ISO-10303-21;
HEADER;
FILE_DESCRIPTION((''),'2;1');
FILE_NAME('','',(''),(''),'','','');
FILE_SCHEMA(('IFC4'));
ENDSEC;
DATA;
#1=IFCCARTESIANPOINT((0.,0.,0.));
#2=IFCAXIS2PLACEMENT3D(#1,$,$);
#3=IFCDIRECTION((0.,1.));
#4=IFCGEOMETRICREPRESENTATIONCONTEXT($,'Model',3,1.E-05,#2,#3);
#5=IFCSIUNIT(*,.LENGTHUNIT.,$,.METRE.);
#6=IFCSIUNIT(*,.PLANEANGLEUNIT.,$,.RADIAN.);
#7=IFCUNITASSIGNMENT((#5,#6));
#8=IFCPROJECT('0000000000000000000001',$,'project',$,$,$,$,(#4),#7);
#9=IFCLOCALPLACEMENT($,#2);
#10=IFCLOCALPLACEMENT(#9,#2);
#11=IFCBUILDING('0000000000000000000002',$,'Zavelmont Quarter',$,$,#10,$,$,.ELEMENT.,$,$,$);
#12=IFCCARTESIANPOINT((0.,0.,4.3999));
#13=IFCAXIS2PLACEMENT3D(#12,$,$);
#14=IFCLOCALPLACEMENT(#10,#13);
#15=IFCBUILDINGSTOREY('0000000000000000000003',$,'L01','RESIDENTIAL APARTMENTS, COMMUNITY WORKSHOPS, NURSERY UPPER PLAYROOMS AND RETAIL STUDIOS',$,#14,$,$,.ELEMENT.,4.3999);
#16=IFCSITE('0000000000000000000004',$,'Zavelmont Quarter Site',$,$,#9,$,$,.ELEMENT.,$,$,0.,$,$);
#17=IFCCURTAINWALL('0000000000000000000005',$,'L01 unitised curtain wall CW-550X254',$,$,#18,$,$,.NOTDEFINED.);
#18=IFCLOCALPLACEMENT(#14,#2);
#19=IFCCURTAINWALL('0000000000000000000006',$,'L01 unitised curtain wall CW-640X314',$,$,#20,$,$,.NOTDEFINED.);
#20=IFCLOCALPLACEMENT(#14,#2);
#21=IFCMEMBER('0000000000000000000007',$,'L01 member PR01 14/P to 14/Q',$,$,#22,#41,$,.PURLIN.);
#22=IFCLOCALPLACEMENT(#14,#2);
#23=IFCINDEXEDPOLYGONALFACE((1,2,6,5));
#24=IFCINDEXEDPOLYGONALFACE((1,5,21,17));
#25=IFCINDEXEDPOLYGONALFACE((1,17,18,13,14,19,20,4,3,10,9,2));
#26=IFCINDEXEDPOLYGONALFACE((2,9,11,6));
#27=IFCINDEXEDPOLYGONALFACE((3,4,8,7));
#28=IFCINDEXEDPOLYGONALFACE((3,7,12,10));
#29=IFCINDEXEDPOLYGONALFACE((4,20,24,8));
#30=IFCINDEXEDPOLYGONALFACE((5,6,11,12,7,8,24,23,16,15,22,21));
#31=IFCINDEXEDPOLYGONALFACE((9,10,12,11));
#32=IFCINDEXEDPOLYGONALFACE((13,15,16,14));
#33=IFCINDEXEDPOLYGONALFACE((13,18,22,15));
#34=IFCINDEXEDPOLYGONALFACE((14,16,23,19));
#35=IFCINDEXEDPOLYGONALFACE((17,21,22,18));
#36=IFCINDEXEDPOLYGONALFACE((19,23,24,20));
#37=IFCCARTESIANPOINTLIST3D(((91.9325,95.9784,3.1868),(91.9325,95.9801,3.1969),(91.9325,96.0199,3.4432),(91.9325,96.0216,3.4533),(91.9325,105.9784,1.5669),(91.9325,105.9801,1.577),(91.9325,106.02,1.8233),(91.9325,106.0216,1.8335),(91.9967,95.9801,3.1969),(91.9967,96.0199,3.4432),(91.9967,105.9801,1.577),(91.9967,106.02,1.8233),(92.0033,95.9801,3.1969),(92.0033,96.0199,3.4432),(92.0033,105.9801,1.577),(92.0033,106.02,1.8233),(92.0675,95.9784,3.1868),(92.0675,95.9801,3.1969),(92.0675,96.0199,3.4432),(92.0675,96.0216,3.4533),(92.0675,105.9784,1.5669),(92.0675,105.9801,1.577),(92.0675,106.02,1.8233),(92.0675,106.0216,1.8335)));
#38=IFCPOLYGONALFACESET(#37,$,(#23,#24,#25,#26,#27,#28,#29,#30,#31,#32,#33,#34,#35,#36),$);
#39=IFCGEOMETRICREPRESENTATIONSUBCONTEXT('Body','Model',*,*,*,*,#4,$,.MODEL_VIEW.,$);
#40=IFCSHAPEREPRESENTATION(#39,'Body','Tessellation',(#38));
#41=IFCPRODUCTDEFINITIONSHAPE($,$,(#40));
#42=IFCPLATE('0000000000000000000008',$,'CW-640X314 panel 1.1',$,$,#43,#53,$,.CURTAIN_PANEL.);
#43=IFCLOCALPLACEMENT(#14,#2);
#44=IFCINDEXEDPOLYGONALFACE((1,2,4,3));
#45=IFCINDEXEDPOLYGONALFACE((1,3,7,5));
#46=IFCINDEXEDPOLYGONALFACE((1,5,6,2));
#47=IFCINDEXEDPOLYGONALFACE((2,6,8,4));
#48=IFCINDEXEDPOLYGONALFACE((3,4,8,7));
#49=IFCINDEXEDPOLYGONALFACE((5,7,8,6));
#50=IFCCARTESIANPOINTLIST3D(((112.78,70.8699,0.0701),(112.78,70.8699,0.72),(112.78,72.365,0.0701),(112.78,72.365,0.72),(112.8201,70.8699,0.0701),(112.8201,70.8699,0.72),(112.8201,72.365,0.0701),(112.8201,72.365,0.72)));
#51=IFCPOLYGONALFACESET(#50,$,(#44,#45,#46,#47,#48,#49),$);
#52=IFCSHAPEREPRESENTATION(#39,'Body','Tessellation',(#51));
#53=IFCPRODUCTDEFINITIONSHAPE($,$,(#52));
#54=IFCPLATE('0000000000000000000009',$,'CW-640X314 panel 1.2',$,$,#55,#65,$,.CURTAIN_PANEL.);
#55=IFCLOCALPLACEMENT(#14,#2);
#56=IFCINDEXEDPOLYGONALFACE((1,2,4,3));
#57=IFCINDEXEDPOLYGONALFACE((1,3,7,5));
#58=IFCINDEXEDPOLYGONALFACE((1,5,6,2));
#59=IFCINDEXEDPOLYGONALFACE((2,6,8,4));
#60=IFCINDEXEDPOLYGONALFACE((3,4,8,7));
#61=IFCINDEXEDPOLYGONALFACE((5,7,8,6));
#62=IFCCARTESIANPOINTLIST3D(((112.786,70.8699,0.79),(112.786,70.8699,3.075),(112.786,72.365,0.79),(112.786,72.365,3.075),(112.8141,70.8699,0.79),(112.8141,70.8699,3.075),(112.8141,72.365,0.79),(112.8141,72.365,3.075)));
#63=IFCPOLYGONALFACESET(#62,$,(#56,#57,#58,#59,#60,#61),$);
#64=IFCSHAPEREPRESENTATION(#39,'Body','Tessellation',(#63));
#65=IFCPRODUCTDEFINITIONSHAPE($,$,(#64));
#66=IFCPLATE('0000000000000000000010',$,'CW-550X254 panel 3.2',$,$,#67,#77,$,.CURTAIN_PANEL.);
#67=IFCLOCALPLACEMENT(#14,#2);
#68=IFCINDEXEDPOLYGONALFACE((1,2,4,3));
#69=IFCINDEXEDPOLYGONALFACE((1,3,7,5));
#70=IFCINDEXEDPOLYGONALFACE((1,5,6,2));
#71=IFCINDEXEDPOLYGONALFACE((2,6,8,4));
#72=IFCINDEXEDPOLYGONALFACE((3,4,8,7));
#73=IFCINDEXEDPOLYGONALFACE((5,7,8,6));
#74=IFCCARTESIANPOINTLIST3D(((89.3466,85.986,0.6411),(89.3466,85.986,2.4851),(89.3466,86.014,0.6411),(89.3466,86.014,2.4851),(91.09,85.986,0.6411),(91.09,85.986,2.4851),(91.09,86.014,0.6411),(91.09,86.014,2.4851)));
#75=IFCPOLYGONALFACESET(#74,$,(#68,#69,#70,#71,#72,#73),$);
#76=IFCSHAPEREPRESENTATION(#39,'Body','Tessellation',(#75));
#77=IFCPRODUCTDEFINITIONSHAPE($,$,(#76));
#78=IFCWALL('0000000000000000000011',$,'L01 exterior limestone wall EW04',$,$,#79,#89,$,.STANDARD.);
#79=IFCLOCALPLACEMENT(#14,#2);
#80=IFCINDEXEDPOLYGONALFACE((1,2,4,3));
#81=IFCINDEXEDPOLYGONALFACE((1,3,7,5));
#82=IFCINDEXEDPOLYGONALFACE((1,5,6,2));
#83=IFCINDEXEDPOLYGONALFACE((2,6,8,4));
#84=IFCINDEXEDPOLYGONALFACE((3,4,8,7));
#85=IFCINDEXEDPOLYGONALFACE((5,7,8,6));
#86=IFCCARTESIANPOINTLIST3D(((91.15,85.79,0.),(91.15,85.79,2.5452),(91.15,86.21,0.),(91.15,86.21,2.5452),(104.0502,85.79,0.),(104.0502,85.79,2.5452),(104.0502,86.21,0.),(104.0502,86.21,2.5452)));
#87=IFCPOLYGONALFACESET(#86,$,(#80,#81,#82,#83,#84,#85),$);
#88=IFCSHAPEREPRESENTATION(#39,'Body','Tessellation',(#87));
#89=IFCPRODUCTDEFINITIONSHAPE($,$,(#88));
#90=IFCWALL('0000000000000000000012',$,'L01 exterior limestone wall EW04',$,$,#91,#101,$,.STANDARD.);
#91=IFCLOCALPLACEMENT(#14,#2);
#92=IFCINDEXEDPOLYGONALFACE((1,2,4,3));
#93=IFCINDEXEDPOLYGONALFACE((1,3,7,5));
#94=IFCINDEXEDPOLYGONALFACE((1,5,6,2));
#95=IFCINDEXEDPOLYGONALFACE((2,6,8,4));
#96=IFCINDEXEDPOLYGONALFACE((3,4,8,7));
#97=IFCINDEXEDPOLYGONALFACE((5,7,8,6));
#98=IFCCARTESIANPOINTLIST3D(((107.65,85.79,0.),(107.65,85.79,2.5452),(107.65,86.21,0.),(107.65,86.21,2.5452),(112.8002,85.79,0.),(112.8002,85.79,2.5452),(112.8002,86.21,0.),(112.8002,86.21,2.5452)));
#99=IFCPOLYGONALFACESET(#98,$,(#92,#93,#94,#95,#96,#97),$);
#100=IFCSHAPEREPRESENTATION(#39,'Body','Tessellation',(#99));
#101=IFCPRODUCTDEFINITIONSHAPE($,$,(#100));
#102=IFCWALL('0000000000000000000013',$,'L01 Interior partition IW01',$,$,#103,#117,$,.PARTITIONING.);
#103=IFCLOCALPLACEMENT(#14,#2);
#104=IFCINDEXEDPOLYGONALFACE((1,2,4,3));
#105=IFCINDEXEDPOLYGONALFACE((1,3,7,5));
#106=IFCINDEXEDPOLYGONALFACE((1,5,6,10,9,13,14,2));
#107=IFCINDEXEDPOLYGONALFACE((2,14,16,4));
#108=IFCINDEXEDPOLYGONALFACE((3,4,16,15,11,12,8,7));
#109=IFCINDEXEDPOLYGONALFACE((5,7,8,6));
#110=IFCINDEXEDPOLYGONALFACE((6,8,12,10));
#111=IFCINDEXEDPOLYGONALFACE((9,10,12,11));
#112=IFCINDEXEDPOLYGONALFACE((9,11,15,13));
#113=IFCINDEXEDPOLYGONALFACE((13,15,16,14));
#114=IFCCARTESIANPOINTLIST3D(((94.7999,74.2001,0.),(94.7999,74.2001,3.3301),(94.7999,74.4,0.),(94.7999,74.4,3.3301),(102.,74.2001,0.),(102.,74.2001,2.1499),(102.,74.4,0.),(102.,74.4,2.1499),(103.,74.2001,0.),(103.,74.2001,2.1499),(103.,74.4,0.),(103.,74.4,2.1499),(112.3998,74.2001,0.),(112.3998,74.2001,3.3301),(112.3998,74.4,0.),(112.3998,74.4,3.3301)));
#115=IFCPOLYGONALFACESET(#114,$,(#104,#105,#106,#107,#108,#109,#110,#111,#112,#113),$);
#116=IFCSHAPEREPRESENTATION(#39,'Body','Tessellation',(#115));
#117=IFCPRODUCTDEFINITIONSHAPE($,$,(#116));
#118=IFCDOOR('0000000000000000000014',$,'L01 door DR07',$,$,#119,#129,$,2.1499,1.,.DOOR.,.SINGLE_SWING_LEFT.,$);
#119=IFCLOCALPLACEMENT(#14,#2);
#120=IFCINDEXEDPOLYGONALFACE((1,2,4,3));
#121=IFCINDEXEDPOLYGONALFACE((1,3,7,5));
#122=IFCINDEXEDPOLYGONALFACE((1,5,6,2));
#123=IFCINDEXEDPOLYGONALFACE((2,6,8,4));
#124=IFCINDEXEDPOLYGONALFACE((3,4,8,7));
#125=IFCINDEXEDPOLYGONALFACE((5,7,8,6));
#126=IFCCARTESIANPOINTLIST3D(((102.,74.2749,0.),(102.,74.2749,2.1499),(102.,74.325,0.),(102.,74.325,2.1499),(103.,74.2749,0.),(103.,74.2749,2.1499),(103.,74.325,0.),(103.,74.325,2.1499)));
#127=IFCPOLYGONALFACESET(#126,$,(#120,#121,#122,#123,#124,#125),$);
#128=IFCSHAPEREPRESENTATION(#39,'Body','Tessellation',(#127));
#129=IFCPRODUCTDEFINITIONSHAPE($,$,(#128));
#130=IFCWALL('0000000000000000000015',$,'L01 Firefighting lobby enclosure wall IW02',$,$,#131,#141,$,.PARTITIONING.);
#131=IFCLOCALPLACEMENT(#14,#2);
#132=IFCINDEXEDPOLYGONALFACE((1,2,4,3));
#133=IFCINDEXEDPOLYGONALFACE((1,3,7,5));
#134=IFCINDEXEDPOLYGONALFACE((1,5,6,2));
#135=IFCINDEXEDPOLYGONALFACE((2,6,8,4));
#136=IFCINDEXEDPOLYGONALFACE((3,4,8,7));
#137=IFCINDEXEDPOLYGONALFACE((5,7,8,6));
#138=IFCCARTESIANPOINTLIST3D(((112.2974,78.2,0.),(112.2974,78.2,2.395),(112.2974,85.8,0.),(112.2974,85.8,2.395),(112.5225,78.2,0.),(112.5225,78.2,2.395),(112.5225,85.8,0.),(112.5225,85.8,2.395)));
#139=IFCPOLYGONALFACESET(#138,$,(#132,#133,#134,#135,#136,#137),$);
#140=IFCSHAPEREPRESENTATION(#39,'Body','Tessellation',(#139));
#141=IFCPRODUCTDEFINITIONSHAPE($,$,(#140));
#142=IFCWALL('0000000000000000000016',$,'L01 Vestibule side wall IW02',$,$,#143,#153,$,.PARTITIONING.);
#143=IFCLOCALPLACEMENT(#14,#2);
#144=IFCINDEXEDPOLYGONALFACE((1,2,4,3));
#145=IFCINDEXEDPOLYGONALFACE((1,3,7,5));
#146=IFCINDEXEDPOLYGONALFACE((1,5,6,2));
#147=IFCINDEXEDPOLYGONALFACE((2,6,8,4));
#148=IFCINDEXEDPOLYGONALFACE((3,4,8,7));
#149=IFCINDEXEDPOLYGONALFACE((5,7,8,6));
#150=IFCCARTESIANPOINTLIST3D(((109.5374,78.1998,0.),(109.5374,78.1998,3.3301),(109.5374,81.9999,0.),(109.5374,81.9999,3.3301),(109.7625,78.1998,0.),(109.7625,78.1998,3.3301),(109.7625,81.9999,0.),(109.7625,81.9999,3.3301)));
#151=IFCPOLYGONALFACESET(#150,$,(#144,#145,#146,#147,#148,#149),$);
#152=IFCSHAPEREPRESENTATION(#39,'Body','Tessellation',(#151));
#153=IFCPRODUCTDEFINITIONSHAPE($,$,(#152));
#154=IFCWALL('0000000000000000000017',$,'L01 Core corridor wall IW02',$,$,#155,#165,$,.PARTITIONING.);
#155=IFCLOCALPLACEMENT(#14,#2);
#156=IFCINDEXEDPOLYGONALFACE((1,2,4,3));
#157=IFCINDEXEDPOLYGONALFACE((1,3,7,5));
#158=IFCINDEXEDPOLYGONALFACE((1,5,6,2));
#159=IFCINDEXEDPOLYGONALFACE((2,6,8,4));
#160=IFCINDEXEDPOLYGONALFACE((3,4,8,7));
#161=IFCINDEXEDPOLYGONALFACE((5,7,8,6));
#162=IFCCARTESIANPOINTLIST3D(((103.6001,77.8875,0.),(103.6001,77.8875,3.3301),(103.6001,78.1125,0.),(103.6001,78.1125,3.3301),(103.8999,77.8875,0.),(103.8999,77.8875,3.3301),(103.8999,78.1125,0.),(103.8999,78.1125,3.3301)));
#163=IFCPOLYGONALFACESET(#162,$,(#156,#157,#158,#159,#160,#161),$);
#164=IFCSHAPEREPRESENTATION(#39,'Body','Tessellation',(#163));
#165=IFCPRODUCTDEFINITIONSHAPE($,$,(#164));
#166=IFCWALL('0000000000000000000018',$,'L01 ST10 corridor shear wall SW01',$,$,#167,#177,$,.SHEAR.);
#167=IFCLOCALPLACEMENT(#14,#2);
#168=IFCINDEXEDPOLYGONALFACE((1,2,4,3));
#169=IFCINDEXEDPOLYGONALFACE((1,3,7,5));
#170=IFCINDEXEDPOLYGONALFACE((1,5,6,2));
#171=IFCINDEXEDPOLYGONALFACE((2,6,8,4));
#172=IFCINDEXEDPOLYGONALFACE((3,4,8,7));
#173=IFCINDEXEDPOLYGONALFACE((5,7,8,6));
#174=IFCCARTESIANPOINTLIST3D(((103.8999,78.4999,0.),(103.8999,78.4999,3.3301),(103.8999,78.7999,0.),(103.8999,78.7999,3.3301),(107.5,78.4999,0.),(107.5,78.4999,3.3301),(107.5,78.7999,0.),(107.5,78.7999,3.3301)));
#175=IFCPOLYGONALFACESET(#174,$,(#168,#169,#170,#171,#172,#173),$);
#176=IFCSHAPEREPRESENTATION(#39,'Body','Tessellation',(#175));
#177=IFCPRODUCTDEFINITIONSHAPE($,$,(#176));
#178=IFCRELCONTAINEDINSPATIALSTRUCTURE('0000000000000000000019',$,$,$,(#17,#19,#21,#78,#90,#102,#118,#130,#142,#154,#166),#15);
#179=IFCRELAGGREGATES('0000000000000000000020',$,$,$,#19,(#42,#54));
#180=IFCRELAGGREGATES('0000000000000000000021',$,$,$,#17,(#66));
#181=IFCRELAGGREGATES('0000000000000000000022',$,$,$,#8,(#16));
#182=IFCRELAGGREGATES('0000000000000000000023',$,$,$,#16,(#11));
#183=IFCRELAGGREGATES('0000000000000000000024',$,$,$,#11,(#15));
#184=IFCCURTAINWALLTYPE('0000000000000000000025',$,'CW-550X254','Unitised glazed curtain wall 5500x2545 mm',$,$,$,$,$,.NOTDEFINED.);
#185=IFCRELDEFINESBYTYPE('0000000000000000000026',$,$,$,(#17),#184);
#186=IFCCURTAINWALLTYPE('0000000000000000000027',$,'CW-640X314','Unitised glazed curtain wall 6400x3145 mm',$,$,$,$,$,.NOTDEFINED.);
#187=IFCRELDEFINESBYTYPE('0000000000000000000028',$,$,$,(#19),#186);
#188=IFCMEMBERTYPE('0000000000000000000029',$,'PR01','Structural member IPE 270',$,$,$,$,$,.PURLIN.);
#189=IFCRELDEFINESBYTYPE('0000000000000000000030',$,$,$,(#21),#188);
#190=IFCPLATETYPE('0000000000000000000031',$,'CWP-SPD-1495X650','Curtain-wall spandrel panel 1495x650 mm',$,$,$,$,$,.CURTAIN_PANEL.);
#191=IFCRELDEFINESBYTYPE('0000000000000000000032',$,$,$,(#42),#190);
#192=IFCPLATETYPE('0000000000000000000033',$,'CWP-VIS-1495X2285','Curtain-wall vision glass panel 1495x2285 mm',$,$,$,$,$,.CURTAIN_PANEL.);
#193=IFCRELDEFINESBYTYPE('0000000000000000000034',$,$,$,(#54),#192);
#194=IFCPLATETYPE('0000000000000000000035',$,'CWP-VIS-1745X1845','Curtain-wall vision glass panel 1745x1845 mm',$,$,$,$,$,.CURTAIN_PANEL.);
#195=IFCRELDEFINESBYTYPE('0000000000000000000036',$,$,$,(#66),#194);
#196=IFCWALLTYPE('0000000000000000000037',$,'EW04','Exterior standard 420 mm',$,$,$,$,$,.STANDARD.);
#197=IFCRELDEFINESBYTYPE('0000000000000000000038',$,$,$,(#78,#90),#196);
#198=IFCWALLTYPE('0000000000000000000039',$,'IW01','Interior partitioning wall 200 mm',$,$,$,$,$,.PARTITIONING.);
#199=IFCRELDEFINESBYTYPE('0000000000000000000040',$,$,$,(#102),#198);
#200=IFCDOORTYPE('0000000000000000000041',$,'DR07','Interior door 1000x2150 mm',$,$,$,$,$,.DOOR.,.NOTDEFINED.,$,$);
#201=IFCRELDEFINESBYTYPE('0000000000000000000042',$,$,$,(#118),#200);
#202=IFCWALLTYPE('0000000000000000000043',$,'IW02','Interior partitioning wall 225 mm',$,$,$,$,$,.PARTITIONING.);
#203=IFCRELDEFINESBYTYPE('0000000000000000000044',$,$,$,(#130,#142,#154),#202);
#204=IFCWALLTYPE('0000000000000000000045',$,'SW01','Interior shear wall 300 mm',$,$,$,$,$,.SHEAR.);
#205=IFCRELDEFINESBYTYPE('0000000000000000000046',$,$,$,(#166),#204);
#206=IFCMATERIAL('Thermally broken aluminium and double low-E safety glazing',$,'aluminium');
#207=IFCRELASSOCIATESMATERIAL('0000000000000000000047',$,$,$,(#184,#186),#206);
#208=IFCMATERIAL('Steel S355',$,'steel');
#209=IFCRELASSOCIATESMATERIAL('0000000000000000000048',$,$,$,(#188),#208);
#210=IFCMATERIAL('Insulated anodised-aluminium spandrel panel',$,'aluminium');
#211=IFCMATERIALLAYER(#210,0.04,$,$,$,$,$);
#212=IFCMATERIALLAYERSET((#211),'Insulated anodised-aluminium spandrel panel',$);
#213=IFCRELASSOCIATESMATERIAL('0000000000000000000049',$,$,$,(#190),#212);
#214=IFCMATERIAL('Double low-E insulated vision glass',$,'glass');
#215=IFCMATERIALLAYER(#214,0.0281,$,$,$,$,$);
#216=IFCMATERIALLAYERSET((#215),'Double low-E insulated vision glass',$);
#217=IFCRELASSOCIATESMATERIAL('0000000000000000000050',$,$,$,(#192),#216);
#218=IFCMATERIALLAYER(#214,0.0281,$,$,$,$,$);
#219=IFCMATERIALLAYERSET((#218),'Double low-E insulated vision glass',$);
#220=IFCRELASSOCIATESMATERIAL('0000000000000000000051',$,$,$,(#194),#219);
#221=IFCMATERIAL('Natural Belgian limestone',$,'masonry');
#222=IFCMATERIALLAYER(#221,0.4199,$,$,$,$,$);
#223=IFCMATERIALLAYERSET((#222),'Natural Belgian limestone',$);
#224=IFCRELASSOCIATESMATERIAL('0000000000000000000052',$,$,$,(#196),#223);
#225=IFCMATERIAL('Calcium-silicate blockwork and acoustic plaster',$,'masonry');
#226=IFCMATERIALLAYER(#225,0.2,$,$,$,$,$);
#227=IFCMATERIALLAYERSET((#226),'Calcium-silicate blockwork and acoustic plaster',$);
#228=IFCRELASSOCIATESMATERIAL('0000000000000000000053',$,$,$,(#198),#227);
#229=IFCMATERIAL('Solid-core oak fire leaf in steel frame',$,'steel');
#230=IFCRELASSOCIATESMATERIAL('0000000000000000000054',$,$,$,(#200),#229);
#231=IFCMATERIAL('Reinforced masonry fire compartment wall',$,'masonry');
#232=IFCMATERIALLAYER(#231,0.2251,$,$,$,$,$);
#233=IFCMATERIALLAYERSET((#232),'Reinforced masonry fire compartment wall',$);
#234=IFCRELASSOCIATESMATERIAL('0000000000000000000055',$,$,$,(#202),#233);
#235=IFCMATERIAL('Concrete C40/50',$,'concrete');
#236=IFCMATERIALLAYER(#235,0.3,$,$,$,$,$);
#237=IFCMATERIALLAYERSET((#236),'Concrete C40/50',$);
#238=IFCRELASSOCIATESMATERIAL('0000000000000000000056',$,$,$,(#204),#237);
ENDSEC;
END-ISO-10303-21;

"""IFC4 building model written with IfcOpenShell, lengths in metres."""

from ifc_helpers import new_model, si_unit, direction, frame, frame_2d, origin, origin_with_axes, origin_2d, place, context, subcontext, project, spatial, rectangle, i_section, extrude, material, layer, layer_set, material_profile, profile_set, type_object, element, fill, aggregate, save


model = new_model("IFC4")

# Units and contexts
model_context = context("Model", 3, precision=1e-05, world=origin(), true_north=direction((0.0, 1.0)))
body_context = subcontext(model_context, "Body", "Model", "MODEL_VIEW")
ifc_project = project(units=[si_unit("LENGTHUNIT", "METRE"), si_unit("PLANEANGLEUNIT", "RADIAN")], contexts=[model_context])

# Site, building, storey
site_placement = place(None, origin())
site = spatial("IfcSite", under=ifc_project, at=site_placement, Name="Zavelmont Quarter Site", CompositionType="ELEMENT", RefElevation=0.0)
building_placement = place(site_placement, origin())
building = spatial("IfcBuilding", under=site, at=building_placement, Name="Zavelmont Quarter", CompositionType="ELEMENT")
storey_placement = place(building_placement, frame((0.0, 0.0, 4.3999)))
storey = spatial("IfcBuildingStorey", under=building, at=storey_placement, Name="L01", Description="RESIDENTIAL APARTMENTS, COMMUNITY WORKSHOPS, NURSERY UPPER PLAYROOMS AND RETAIL STUDIOS", CompositionType="ELEMENT", Elevation=4.3999)

# Shared definitions
ifc_material_1 = material(Name="Concrete C40/50", Category="concrete")

# Curtain wall
ifc_material_2 = material(Name="Thermally broken aluminium and double low-E safety glazing", Category="aluminium")
curtain_wall_type_1 = type_object("IfcCurtainWallType", Name="CW-550X254", Description="Unitised glazed curtain wall 5500x2545 mm", PredefinedType="NOTDEFINED", material=ifc_material_2)
curtain_wall_1_placement = place(storey_placement, origin())
curtain_wall_1 = element("IfcCurtainWall", 1, at=curtain_wall_1_placement, inside=storey, type_object=curtain_wall_type_1, Name="L01 unitised curtain wall CW-550X254", PredefinedType="NOTDEFINED")

# Curtain wall
curtain_wall_type_2 = type_object("IfcCurtainWallType", Name="CW-640X314", Description="Unitised glazed curtain wall 6400x3145 mm", PredefinedType="NOTDEFINED", material=ifc_material_2)
curtain_wall_2_placement = place(storey_placement, origin())
curtain_wall_2 = element("IfcCurtainWall", 2, at=curtain_wall_2_placement, inside=storey, type_object=curtain_wall_type_2, Name="L01 unitised curtain wall CW-640X314", PredefinedType="NOTDEFINED")

# Member
ifc_material_3 = material(Name="Steel S355", Category="steel")
ifc_material_profile_1 = material_profile(ifc_material_3, i_section(OverallWidth=0.135, OverallDepth=0.27, WebThickness=0.0066, FlangeThickness=0.0103, at=origin_2d()), Name="IPE 270")
ifc_profile_set_1 = profile_set([ifc_material_profile_1], Name="Steel S355")
member_type_1 = type_object("IfcMemberType", Name="PR01", Description="Structural member IPE 270", PredefinedType="PURLIN", material=ifc_profile_set_1)
for number, where, z_axis, x_axis, name in (
    (3, (92.0, 96.0, 3.3201), (0.0, 0.987133, -0.159903), (-1.0, 0.0, 0.0), "L01 member PR01 14/P to 14/Q"),
):
    element("IfcMember", number, at=place(storey_placement, frame(where, z_axis=z_axis, x_axis=x_axis)), inside=storey, type_object=member_type_1, Name=name, PredefinedType="PURLIN", context=body_context, shape_type="SweptSolid", body=[
        extrude(i_section(OverallWidth=0.135, OverallDepth=0.27, WebThickness=0.0066, FlangeThickness=0.0103, at=origin_2d()), origin(), (0.0, 0.0, 1.0), 10.1304),
    ])

# Plates
ifc_material_4 = material(Name="Insulated anodised-aluminium spandrel panel", Category="aluminium")
ifc_layer_1 = layer(ifc_material_4, 0.04)
ifc_layer_set_1 = layer_set([ifc_layer_1], Name="Insulated anodised-aluminium spandrel panel")
plate_type_1 = type_object("IfcPlateType", Name="CWP-SPD-1495X650", Description="Curtain-wall spandrel panel 1495x650 mm", PredefinedType="CURTAIN_PANEL", material=ifc_layer_set_1)
plate_1_placement = place(storey_placement, frame((112.8, 71.6174, 0.0701), z_axis=(0.0, 0.0, 1.0), x_axis=(0.0, 1.0, 0.0)))
plate_1 = element("IfcPlate", 4, at=plate_1_placement, type_object=plate_type_1, Name="CW-640X314 panel 1.1", PredefinedType="CURTAIN_PANEL", context=body_context, shape_type="SweptSolid", body=[
    extrude(rectangle(XDim=1.4951, YDim=0.04, at=origin_2d()), origin(), (0.0, 0.0, 1.0), 0.6499),
])
ifc_material_5 = material(Name="Double low-E insulated vision glass", Category="glass")
ifc_layer_2 = layer(ifc_material_5, 0.0281)
ifc_layer_set_2 = layer_set([ifc_layer_2], Name="Double low-E insulated vision glass")
plate_type_2 = type_object("IfcPlateType", Name="CWP-VIS-1495X2285", Description="Curtain-wall vision glass panel 1495x2285 mm", PredefinedType="CURTAIN_PANEL", material=ifc_layer_set_2)
plate_2_placement = place(storey_placement, frame((112.8, 71.6174, 0.79), z_axis=(0.0, 0.0, 1.0), x_axis=(0.0, 1.0, 0.0)))
plate_2 = element("IfcPlate", 5, at=plate_2_placement, type_object=plate_type_2, Name="CW-640X314 panel 1.2", PredefinedType="CURTAIN_PANEL", context=body_context, shape_type="SweptSolid", body=[
    extrude(rectangle(XDim=1.4951, YDim=0.0281, at=origin_2d()), origin(), (0.0, 0.0, 1.0), 2.2849),
])
aggregate(curtain_wall_2, [plate_1, plate_2])
ifc_layer_3 = layer(ifc_material_5, 0.0281)
ifc_layer_set_3 = layer_set([ifc_layer_3], Name="Double low-E insulated vision glass")
plate_type_3 = type_object("IfcPlateType", Name="CWP-VIS-1745X1845", Description="Curtain-wall vision glass panel 1745x1845 mm", PredefinedType="CURTAIN_PANEL", material=ifc_layer_set_3)
plate_3_placement = place(storey_placement, frame((90.2183, 86.0, 0.6411), z_axis=(0.0, 0.0, 1.0), x_axis=(1.0, 0.0, 0.0)))
plate_3 = element("IfcPlate", 6, at=plate_3_placement, type_object=plate_type_3, Name="CW-550X254 panel 3.2", PredefinedType="CURTAIN_PANEL", context=body_context, shape_type="SweptSolid", body=[
    extrude(rectangle(XDim=1.7434, YDim=0.0281, at=origin_2d()), origin(), (0.0, 0.0, 1.0), 1.844),
])
aggregate(curtain_wall_1, [plate_3])

# Walls
ifc_material_6 = material(Name="Natural Belgian limestone", Category="masonry")
ifc_layer_4 = layer(ifc_material_6, 0.4199)
ifc_layer_set_4 = layer_set([ifc_layer_4], Name="Natural Belgian limestone")
wall_type_1 = type_object("IfcWallType", Name="EW04", Description="Exterior standard 420 mm", PredefinedType="STANDARD", material=ifc_layer_set_4)
wall_1_placement = place(storey_placement, frame((91.1499, 86.0, 0.0), z_axis=(0.0, 0.0, 1.0), x_axis=(1.0, 0.0, 0.0)))
element("IfcWall", 7, at=wall_1_placement, inside=storey, type_object=wall_type_1, Name="L01 exterior limestone wall EW04", PredefinedType="STANDARD", context=body_context, shape_type="SweptSolid", body=[
    extrude(rectangle(XDim=12.9001, YDim=0.4199, at=frame_2d((6.4502, 0.0))), origin(), (0.0, 0.0, 1.0), 2.5452),
])
wall_2_placement = place(storey_placement, frame((107.6499, 86.0, 0.0), z_axis=(0.0, 0.0, 1.0), x_axis=(1.0, 0.0, 0.0)))
element("IfcWall", 8, at=wall_2_placement, inside=storey, type_object=wall_type_1, Name="L01 exterior limestone wall EW04", PredefinedType="STANDARD", context=body_context, shape_type="SweptSolid", body=[
    extrude(rectangle(XDim=5.1501, YDim=0.4199, at=frame_2d((2.5752, 0.0))), origin(), (0.0, 0.0, 1.0), 2.5452),
])

# Wall, opening, door
ifc_material_7 = material(Name="Calcium-silicate blockwork and acoustic plaster", Category="masonry")
ifc_layer_5 = layer(ifc_material_7, 0.2)
ifc_layer_set_5 = layer_set([ifc_layer_5], Name="Calcium-silicate blockwork and acoustic plaster")
wall_type_2 = type_object("IfcWallType", Name="IW01", Description="Interior partitioning wall 200 mm", PredefinedType="PARTITIONING", material=ifc_layer_set_5)
wall_3_placement = place(storey_placement, frame((94.8, 74.3, 0.0), z_axis=(0.0, 0.0, 1.0), x_axis=(1.0, 0.0, 0.0)))
wall_3 = element("IfcWall", 9, at=wall_3_placement, inside=storey, type_object=wall_type_2, Name="L01 Interior partition IW01", PredefinedType="PARTITIONING", context=body_context, shape_type="SweptSolid", body=[
    extrude(rectangle(XDim=17.5999, YDim=0.2, at=frame_2d((8.7998, 0.0))), origin(), (0.0, 0.0, 1.0), 3.3301),
])
opening_1_placement = place(wall_3_placement, frame((7.2, 0.0, 0.0)))
opening_1 = element("IfcOpeningElement", 10, at=opening_1_placement, cuts=wall_3, PredefinedType="OPENING", context=body_context, shape_type="SweptSolid", body=[
    extrude(rectangle(XDim=1.0, YDim=2.1499, at=frame_2d((0.5, 1.075))), frame((0.0, 0.1118, 0.0), z_axis=(0.0, -1.0, 0.0), x_axis=(1.0, 0.0, 0.0)), (0.0, 0.0, 1.0), 0.2239),
])
ifc_material_8 = material(Name="Solid-core oak fire leaf in steel frame", Category="steel")
door_type_1 = type_object("IfcDoorType", Name="DR07", Description="Interior door 1000x2150 mm", OperationType="NOTDEFINED", PredefinedType="DOOR", material=ifc_material_8)
door_1_placement = place(opening_1_placement, origin_with_axes())
door_1 = element("IfcDoor", 11, at=door_1_placement, inside=storey, type_object=door_type_1, Name="L01 door DR07", OperationType="SINGLE_SWING_LEFT", OverallHeight=2.1499, OverallWidth=1.0, PredefinedType="DOOR", context=body_context, shape_type="SweptSolid", body=[
    extrude(rectangle(XDim=1.0, YDim=2.1499, at=frame_2d((0.5, 1.075))), frame((0.0, 0.0249, 0.0), z_axis=(0.0, -1.0, 0.0), x_axis=(1.0, 0.0, 0.0)), (0.0, 0.0, 1.0), 0.05),
])
fill(opening_1, door_1)

# Walls
ifc_material_9 = material(Name="Reinforced masonry fire compartment wall", Category="masonry")
ifc_layer_6 = layer(ifc_material_9, 0.2251)
ifc_layer_set_6 = layer_set([ifc_layer_6], Name="Reinforced masonry fire compartment wall")
wall_type_3 = type_object("IfcWallType", Name="IW02", Description="Interior partitioning wall 225 mm", PredefinedType="PARTITIONING", material=ifc_layer_set_6)
wall_4_placement = place(storey_placement, frame((112.4099, 78.2, 0.0), z_axis=(0.0, 0.0, 1.0), x_axis=(0.0, 1.0, 0.0)))
element("IfcWall", 12, at=wall_4_placement, inside=storey, type_object=wall_type_3, Name="L01 Firefighting lobby enclosure wall IW02", PredefinedType="PARTITIONING", context=body_context, shape_type="SweptSolid", body=[
    extrude(rectangle(XDim=7.6001, YDim=0.2251, at=frame_2d((3.8, 0.0))), origin(), (0.0, 0.0, 1.0), 2.395),
])
wall_5_placement = place(storey_placement, frame((109.6499, 78.2, 0.0), z_axis=(0.0, 0.0, 1.0), x_axis=(0.0, 1.0, 0.0)))
element("IfcWall", 13, at=wall_5_placement, inside=storey, type_object=wall_type_3, Name="L01 Vestibule side wall IW02", PredefinedType="PARTITIONING", context=body_context, shape_type="SweptSolid", body=[
    extrude(rectangle(XDim=3.8, YDim=0.2251, at=frame_2d((1.8999, 0.0))), origin(), (0.0, 0.0, 1.0), 3.3301),
])

# Wall
wall_6_placement = place(storey_placement, frame((103.6001, 78.0, 0.0), z_axis=(0.0, 0.0, 1.0), x_axis=(1.0, 0.0, 0.0)))
element("IfcWall", 14, at=wall_6_placement, inside=storey, type_object=wall_type_3, Name="L01 Core corridor wall IW02", PredefinedType="PARTITIONING", context=body_context, shape_type="SweptSolid", body=[
    extrude(rectangle(XDim=0.2998, YDim=0.2251, at=frame_2d((0.1499, 0.0))), origin(), (0.0, 0.0, 1.0), 3.3301),
])

# Wall
ifc_layer_7 = layer(ifc_material_1, 0.3)
ifc_layer_set_7 = layer_set([ifc_layer_7], Name="Concrete C40/50")
wall_type_4 = type_object("IfcWallType", Name="SW01", Description="Interior shear wall 300 mm", PredefinedType="SHEAR", material=ifc_layer_set_7)
wall_7_placement = place(storey_placement, frame((103.8999, 78.6499, 0.0), z_axis=(0.0, 0.0, 1.0), x_axis=(1.0, 0.0, 0.0)))
element("IfcWall", 15, at=wall_7_placement, inside=storey, type_object=wall_type_4, Name="L01 ST10 corridor shear wall SW01", PredefinedType="SHEAR", context=body_context, shape_type="SweptSolid", body=[
    extrude(rectangle(XDim=3.6001, YDim=0.3, at=frame_2d((1.8, 0.0))), origin(), (0.0, 0.0, 1.0), 3.3301),
])

save(model, "model.ifc")
